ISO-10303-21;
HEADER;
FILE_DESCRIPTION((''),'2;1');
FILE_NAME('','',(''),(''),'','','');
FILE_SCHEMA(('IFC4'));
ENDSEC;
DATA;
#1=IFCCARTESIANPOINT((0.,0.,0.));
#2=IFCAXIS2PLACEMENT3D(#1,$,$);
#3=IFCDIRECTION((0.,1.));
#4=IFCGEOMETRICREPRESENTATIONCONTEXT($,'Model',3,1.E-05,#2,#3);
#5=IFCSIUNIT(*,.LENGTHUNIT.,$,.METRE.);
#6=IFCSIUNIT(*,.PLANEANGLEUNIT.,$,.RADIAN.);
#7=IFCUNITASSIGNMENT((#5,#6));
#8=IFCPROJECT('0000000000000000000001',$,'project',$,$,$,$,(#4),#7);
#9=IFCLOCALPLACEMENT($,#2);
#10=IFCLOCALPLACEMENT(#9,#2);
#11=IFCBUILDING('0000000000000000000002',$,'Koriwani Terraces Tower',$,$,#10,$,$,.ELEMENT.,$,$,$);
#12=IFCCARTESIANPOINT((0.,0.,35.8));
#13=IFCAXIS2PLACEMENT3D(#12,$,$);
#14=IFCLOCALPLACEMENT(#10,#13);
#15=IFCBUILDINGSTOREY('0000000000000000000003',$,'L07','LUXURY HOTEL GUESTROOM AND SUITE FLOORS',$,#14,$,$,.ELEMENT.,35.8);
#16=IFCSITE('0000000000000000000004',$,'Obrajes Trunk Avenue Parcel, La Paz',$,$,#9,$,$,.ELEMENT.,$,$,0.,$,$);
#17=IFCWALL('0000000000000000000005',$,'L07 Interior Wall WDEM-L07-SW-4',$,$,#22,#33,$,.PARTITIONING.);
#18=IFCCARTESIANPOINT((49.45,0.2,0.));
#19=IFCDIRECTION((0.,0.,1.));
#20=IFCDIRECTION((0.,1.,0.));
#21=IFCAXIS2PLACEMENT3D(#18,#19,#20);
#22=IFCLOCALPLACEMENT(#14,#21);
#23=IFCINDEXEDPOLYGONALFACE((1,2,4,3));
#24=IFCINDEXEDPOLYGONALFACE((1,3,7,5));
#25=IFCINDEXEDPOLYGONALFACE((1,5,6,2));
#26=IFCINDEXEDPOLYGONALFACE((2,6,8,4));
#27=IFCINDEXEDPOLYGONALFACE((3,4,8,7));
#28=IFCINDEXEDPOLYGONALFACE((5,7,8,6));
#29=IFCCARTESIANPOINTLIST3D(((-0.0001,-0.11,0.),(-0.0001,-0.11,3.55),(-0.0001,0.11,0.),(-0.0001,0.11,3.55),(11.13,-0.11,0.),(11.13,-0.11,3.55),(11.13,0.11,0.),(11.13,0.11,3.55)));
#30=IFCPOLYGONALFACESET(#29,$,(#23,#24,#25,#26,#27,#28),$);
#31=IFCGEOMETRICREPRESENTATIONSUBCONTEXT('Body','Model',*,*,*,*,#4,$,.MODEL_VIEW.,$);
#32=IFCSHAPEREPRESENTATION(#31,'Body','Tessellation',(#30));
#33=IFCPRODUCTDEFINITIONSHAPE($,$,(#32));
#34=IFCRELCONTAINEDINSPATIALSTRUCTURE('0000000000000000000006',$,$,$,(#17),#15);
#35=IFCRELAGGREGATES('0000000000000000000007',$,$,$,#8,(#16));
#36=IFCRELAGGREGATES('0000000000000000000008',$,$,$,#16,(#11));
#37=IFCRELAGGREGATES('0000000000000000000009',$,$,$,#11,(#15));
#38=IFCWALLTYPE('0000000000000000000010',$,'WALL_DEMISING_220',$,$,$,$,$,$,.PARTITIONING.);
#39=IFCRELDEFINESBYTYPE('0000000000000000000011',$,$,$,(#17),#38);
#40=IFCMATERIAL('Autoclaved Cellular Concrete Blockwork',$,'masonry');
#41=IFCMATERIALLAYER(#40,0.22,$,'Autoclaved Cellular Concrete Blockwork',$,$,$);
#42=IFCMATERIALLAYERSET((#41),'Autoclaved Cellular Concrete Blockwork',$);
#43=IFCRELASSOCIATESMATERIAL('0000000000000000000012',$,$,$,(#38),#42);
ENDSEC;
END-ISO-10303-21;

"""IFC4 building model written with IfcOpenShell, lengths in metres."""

from ifc_helpers import new_model, si_unit, direction, frame, frame_2d, origin, place, context, subcontext, project, spatial, rectangle, extrude, material, layer, layer_set, type_object, element, save


model = new_model("IFC4")

# Units and contexts
model_context = context("Model", 3, precision=1e-05, world=origin(), true_north=direction((0.0, 1.0)))
body_context = subcontext(model_context, "Body", "Model", "MODEL_VIEW")
ifc_project = project(units=[si_unit("LENGTHUNIT", "METRE"), si_unit("PLANEANGLEUNIT", "RADIAN")], contexts=[model_context])

# Site, building, storey
site_placement = place(None, origin())
site = spatial("IfcSite", under=ifc_project, at=site_placement, Name="Obrajes Trunk Avenue Parcel, La Paz", CompositionType="ELEMENT", RefElevation=0.0)
building_placement = place(site_placement, origin())
building = spatial("IfcBuilding", under=site, at=building_placement, Name="Koriwani Terraces Tower", CompositionType="ELEMENT")
storey_placement = place(building_placement, frame((0.0, 0.0, 35.8)))
storey = spatial("IfcBuildingStorey", under=building, at=storey_placement, Name="L07", Description="LUXURY HOTEL GUESTROOM AND SUITE FLOORS", CompositionType="ELEMENT", Elevation=35.8)

# Wall
ifc_material_1 = material(Name="Autoclaved Cellular Concrete Blockwork", Category="masonry")
ifc_layer_1 = layer(ifc_material_1, 0.22, Name="Autoclaved Cellular Concrete Blockwork")
ifc_layer_set_1 = layer_set([ifc_layer_1], Name="Autoclaved Cellular Concrete Blockwork")
wall_type_1 = type_object("IfcWallType", Name="WALL_DEMISING_220", PredefinedType="PARTITIONING", material=ifc_layer_set_1)
wall_1_placement = place(storey_placement, frame((49.45, 0.2, 0.0), z_axis=(0.0, 0.0, 1.0), x_axis=(0.0, 1.0, 0.0)))
element("IfcWall", 1, at=wall_1_placement, inside=storey, type_object=wall_type_1, Name="L07 Interior Wall WDEM-L07-SW-4", PredefinedType="PARTITIONING", context=body_context, shape_type="SweptSolid", body=[
    extrude(rectangle(XDim=11.1301, YDim=0.22, at=frame_2d((5.5649, 0.0))), origin(), (0.0, 0.0, 1.0), 3.55),
])

save(model, "model.ifc")
